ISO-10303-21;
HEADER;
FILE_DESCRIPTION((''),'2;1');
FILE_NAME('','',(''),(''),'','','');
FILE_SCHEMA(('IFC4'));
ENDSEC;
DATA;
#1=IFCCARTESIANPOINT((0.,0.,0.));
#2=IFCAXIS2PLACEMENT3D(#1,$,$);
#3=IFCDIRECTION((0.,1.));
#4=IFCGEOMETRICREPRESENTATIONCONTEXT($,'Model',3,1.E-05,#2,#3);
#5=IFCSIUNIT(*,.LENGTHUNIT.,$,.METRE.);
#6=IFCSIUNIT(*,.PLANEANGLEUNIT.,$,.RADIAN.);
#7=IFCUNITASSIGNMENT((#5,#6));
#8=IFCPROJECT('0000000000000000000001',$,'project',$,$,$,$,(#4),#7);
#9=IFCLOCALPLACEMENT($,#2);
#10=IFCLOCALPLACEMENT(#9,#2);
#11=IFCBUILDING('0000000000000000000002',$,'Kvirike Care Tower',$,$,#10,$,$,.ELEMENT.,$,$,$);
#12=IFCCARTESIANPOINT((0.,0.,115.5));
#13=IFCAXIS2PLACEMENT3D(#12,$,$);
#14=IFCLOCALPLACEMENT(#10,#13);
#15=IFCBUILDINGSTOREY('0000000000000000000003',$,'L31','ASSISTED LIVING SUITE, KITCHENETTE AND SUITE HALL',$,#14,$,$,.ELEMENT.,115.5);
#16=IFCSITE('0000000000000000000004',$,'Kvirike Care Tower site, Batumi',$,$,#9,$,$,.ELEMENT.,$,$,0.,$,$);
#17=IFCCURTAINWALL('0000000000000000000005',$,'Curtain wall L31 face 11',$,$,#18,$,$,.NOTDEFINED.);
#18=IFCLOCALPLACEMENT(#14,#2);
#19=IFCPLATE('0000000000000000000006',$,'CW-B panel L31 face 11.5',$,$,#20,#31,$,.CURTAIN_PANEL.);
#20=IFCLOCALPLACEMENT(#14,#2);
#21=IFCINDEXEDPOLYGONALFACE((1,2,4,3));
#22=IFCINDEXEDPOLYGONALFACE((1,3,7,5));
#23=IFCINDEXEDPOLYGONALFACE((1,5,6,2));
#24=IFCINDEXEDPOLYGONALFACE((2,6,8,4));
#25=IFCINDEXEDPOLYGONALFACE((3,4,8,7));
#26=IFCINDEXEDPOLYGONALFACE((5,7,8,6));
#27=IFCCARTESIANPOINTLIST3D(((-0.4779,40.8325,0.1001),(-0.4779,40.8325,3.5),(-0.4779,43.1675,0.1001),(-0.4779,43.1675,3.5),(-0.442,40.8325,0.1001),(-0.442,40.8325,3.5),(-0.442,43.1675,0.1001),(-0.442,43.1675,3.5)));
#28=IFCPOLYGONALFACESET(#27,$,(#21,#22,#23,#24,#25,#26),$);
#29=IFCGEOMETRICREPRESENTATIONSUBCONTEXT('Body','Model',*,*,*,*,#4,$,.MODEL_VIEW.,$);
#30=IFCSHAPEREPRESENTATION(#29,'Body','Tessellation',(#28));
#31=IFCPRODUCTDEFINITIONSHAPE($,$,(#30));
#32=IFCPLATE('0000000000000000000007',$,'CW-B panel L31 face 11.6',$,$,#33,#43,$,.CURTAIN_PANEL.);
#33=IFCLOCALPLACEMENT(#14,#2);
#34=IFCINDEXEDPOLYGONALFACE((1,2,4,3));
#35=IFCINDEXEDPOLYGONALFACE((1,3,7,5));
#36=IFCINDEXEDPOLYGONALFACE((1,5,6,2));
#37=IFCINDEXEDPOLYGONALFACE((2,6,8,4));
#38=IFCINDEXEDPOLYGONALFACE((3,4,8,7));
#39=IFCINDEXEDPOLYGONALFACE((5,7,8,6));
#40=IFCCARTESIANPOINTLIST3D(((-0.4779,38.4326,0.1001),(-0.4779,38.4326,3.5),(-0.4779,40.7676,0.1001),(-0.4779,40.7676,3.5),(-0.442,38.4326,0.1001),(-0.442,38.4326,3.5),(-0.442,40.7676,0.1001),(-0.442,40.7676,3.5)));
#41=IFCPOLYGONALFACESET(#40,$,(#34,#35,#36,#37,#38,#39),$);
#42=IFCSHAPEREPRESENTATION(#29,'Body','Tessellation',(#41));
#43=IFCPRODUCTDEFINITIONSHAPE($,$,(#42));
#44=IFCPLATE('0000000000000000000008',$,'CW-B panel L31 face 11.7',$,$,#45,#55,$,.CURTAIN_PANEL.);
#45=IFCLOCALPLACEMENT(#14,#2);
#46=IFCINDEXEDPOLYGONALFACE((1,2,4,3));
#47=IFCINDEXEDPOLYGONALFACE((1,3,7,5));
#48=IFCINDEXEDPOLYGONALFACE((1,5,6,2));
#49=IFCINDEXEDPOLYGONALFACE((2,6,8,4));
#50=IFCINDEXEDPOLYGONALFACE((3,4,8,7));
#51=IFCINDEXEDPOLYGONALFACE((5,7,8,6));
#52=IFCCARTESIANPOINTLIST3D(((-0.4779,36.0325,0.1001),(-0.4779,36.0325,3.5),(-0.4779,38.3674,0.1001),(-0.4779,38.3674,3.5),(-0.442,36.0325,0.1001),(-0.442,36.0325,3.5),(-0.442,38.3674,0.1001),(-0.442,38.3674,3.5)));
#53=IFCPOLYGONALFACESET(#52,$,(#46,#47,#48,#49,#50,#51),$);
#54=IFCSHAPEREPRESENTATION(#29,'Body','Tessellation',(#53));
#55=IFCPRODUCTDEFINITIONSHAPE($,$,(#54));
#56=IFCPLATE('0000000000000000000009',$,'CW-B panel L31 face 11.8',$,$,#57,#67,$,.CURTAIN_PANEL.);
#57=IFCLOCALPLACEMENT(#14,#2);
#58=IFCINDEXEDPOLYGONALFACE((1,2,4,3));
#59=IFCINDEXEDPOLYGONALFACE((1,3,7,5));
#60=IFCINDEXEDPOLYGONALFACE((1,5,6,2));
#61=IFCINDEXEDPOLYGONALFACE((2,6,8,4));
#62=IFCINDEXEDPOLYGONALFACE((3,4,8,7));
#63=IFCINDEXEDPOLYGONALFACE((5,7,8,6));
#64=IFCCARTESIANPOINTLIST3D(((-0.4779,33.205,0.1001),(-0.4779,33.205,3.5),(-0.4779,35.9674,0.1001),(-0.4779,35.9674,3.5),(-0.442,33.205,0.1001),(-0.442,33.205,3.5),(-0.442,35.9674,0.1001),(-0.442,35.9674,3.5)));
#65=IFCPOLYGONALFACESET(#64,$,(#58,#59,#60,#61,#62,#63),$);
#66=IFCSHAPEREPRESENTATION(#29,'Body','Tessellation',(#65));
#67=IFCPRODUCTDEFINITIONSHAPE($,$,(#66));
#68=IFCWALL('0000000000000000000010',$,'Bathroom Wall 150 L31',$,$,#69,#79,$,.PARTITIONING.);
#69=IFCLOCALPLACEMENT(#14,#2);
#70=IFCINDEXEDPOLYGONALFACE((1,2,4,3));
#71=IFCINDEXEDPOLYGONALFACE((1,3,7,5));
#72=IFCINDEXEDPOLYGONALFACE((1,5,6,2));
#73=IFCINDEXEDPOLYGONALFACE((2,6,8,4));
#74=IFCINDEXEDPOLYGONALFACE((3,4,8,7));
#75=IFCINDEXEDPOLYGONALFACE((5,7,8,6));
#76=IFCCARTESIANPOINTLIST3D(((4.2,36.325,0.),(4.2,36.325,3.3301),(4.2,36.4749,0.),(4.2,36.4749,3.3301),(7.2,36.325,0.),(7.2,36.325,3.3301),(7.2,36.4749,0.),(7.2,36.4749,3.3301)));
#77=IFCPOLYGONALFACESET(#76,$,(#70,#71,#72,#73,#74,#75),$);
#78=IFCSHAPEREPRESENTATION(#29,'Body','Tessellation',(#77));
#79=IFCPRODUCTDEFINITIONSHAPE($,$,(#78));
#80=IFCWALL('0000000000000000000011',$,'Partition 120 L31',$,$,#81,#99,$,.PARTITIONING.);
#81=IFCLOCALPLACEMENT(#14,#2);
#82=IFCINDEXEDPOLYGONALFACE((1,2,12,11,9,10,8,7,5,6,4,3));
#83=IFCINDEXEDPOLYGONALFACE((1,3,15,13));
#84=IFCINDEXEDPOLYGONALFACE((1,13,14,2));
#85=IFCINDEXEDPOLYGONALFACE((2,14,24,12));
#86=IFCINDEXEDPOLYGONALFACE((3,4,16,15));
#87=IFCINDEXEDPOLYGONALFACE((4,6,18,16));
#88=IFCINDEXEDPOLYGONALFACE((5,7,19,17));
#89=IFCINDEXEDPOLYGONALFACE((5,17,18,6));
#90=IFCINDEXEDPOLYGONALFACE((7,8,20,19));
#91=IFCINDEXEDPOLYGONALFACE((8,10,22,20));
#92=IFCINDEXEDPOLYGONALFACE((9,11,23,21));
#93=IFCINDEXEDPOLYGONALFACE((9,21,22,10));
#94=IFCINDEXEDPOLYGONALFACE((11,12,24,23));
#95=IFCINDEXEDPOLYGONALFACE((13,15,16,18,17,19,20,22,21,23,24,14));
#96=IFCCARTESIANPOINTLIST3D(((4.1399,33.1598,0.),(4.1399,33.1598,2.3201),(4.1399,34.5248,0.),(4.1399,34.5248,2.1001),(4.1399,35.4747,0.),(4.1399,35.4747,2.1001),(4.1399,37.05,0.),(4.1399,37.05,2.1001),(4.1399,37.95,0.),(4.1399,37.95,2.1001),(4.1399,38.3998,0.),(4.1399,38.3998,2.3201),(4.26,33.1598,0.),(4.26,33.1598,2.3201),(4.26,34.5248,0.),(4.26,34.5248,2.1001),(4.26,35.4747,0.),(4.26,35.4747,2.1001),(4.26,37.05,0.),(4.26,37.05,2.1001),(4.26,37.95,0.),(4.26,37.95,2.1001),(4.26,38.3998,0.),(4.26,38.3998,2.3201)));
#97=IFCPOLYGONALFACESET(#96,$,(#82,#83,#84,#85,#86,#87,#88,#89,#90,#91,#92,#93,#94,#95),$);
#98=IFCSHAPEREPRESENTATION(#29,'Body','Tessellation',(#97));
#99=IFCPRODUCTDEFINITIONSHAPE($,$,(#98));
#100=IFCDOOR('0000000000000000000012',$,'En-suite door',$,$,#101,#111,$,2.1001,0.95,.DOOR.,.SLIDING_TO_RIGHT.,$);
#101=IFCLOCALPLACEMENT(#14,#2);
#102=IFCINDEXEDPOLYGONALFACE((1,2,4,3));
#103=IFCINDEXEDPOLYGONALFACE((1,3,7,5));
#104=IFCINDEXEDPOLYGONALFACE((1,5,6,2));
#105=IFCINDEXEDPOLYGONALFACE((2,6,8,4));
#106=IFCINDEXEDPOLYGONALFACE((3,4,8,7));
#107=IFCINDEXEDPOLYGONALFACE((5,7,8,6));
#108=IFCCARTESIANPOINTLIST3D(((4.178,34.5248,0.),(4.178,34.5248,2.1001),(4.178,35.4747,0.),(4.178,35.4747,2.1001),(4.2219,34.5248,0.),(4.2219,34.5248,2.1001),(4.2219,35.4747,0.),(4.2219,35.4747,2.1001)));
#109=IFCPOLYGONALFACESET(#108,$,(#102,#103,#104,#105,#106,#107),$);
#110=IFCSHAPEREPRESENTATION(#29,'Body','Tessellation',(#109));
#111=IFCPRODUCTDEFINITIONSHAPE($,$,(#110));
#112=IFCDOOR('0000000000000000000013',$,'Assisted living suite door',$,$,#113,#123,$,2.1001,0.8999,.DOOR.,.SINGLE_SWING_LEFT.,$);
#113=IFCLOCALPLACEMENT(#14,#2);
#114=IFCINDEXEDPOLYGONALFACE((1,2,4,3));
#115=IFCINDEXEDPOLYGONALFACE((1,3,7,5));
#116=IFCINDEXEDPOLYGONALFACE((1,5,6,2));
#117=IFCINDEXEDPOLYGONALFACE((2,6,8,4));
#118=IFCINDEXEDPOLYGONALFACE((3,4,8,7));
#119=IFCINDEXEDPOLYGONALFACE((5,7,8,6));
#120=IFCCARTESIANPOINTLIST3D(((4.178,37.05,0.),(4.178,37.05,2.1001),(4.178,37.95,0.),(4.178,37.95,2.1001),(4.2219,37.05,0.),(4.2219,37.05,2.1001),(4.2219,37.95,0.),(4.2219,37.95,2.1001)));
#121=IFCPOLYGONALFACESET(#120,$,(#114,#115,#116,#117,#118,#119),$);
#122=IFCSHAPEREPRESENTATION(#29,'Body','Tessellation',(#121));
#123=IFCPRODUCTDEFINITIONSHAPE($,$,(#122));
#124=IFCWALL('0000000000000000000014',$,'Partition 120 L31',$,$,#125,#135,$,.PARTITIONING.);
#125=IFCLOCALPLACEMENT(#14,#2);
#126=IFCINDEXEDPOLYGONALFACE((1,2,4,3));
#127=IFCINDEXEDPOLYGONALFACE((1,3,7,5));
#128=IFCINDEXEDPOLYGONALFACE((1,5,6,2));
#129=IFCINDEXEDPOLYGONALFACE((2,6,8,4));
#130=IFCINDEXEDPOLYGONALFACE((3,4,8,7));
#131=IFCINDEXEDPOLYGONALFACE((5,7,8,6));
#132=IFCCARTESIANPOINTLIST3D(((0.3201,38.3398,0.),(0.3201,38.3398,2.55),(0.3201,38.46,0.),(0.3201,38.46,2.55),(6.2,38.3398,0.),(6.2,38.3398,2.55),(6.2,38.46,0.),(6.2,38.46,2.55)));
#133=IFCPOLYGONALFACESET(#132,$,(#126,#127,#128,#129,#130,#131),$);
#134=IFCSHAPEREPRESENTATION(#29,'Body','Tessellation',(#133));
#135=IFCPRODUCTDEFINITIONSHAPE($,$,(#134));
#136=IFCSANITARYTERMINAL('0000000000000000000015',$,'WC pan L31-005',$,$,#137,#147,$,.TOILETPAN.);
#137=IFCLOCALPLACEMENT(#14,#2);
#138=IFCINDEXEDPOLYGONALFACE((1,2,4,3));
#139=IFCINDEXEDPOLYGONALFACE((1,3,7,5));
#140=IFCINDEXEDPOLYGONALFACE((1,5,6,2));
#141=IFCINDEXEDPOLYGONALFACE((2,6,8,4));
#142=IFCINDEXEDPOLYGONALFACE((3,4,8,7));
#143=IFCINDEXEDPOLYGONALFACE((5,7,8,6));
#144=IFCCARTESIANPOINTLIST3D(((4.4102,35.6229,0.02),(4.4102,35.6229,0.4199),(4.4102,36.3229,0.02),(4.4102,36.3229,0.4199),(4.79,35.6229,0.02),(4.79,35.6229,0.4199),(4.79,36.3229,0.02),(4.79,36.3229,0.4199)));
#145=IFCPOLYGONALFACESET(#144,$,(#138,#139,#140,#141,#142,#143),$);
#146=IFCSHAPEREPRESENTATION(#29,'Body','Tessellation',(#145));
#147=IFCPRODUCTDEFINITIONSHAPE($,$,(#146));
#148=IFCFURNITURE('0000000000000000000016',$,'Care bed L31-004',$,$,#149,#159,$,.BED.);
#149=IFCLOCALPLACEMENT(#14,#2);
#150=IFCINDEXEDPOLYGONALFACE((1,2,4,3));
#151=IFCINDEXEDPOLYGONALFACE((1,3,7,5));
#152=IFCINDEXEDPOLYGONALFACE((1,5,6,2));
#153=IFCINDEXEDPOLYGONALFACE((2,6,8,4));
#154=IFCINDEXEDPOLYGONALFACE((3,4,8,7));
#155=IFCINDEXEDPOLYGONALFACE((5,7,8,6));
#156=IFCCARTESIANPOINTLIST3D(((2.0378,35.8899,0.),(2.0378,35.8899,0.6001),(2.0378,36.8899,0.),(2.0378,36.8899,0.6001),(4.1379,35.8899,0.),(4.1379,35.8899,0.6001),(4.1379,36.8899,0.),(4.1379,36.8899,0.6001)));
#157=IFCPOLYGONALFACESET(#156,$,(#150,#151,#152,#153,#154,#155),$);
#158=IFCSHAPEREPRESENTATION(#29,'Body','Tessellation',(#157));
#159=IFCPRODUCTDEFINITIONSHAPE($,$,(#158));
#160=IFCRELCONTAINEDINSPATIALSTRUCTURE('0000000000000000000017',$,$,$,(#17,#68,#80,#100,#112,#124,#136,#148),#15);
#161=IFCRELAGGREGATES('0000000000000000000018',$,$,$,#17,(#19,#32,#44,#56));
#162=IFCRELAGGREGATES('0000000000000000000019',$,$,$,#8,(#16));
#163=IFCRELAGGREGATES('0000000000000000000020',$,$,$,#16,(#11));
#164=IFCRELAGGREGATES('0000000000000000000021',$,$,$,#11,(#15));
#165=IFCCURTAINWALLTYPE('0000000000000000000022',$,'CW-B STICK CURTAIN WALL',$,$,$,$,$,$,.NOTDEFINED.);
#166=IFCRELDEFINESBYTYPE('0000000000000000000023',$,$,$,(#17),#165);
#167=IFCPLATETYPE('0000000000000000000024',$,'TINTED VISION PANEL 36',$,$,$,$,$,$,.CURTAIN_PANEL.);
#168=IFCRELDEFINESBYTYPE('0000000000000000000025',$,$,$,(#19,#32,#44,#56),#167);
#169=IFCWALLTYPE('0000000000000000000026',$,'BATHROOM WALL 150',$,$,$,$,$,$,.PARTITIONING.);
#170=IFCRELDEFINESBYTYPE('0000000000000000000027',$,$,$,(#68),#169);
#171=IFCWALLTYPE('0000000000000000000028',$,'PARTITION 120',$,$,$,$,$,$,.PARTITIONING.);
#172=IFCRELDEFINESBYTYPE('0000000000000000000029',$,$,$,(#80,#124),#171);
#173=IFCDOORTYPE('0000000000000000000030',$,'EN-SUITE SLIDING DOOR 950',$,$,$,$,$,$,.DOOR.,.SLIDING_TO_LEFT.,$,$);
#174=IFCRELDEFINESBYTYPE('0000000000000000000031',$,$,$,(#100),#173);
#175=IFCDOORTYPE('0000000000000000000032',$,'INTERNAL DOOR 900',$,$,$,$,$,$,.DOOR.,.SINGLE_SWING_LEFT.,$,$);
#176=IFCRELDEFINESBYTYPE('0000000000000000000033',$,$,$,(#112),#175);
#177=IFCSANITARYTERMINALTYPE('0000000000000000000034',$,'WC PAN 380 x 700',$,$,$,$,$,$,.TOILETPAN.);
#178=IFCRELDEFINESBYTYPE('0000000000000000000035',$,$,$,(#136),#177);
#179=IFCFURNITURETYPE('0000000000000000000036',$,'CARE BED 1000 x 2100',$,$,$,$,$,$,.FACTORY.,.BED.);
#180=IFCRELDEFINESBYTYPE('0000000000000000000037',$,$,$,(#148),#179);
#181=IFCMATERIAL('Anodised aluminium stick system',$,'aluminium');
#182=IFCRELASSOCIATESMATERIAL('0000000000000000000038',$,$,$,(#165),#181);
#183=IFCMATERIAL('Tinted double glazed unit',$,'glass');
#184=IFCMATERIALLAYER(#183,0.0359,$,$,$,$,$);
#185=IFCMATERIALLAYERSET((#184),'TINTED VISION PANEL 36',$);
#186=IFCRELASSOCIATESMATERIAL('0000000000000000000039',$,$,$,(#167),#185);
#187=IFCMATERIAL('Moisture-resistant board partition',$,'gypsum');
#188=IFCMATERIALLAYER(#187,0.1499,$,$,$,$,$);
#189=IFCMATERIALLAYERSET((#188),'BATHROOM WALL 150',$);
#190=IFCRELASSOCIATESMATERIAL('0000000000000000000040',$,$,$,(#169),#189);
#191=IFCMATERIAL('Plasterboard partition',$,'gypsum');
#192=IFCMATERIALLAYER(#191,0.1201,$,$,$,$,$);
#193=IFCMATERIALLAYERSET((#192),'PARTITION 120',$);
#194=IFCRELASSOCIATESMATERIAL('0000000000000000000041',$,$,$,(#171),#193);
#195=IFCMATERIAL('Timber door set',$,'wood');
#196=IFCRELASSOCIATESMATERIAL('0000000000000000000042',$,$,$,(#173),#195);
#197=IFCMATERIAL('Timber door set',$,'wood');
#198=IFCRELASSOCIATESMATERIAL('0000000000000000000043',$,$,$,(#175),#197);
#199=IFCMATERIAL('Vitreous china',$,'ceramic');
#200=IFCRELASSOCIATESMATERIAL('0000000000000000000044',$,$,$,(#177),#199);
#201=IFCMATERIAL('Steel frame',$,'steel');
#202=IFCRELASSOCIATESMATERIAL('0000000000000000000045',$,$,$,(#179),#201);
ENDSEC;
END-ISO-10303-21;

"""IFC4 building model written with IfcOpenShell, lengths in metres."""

from ifc_helpers import new_model, si_unit, direction, frame, frame_2d, origin, origin_2d, place, context, subcontext, project, spatial, rectangle, extrude, material, layer, layer_set, type_object, element, fill, aggregate, save


model = new_model("IFC4")

# Units and contexts
model_context = context("Model", 3, precision=1e-05, world=origin(), true_north=direction((0.0, 1.0)))
body_context = subcontext(model_context, "Body", "Model", "MODEL_VIEW")
ifc_project = project(units=[si_unit("LENGTHUNIT", "METRE"), si_unit("PLANEANGLEUNIT", "RADIAN")], contexts=[model_context])

# Site, building, storey
site_placement = place(None, origin())
site = spatial("IfcSite", under=ifc_project, at=site_placement, Name="Kvirike Care Tower site, Batumi", CompositionType="ELEMENT", RefElevation=0.0)
building_placement = place(site_placement, origin())
building = spatial("IfcBuilding", under=site, at=building_placement, Name="Kvirike Care Tower", CompositionType="ELEMENT")
storey_placement = place(building_placement, frame((0.0, 0.0, 115.5)))
storey = spatial("IfcBuildingStorey", under=building, at=storey_placement, Name="L31", Description="ASSISTED LIVING SUITE, KITCHENETTE AND SUITE HALL", CompositionType="ELEMENT", Elevation=115.5)

# Curtain wall
ifc_material_1 = material(Name="Anodised aluminium stick system", Category="aluminium")
curtain_wall_type = type_object("IfcCurtainWallType", Name="CW-B STICK CURTAIN WALL", PredefinedType="NOTDEFINED", material=ifc_material_1)
curtain_wall_placement = place(storey_placement, origin())
curtain_wall = element("IfcCurtainWall", 1, at=curtain_wall_placement, inside=storey, type_object=curtain_wall_type, Name="Curtain wall L31 face 11", PredefinedType="NOTDEFINED")

# Plates
ifc_material_2 = material(Name="Tinted double glazed unit", Category="glass")
ifc_layer_1 = layer(ifc_material_2, 0.0359)
ifc_layer_set_1 = layer_set([ifc_layer_1], Name="TINTED VISION PANEL 36")
plate_type = type_object("IfcPlateType", Name="TINTED VISION PANEL 36", PredefinedType="CURTAIN_PANEL", material=ifc_layer_set_1)
plate_1_placement = place(storey_placement, frame((-0.46, 42.0, 0.1001), z_axis=(0.0, 0.0, 1.0), x_axis=(0.0, -1.0, 0.0)))
plate_1 = element("IfcPlate", 2, at=plate_1_placement, type_object=plate_type, Name="CW-B panel L31 face 11.5", PredefinedType="CURTAIN_PANEL", context=body_context, shape_type="SweptSolid", body=[
    extrude(rectangle(XDim=2.335, YDim=0.0359, at=origin_2d()), origin(), (0.0, 0.0, 1.0), 3.3999),
])
plate_2_placement = place(storey_placement, frame((-0.46, 39.6001, 0.1001), z_axis=(0.0, 0.0, 1.0), x_axis=(0.0, -1.0, 0.0)))
plate_2 = element("IfcPlate", 3, at=plate_2_placement, type_object=plate_type, Name="CW-B panel L31 face 11.6", PredefinedType="CURTAIN_PANEL", context=body_context, shape_type="SweptSolid", body=[
    extrude(rectangle(XDim=2.335, YDim=0.0359, at=origin_2d()), origin(), (0.0, 0.0, 1.0), 3.3999),
])
plate_3_placement = place(storey_placement, frame((-0.46, 37.2, 0.1001), z_axis=(0.0, 0.0, 1.0), x_axis=(0.0, -1.0, 0.0)))
plate_3 = element("IfcPlate", 4, at=plate_3_placement, type_object=plate_type, Name="CW-B panel L31 face 11.7", PredefinedType="CURTAIN_PANEL", context=body_context, shape_type="SweptSolid", body=[
    extrude(rectangle(XDim=2.335, YDim=0.0359, at=origin_2d()), origin(), (0.0, 0.0, 1.0), 3.3999),
])
plate_4_placement = place(storey_placement, frame((-0.46, 34.5862, 0.1001), z_axis=(0.0, 0.0, 1.0), x_axis=(0.0, -1.0, 0.0)))
plate_4 = element("IfcPlate", 5, at=plate_4_placement, type_object=plate_type, Name="CW-B panel L31 face 11.8", PredefinedType="CURTAIN_PANEL", context=body_context, shape_type="SweptSolid", body=[
    extrude(rectangle(XDim=2.7625, YDim=0.0359, at=origin_2d()), origin(), (0.0, 0.0, 1.0), 3.3999),
])
aggregate(curtain_wall, [plate_1, plate_2, plate_3, plate_4])

# Wall
ifc_material_3 = material(Name="Moisture-resistant board partition", Category="gypsum")
ifc_layer_2 = layer(ifc_material_3, 0.1499)
ifc_layer_set_2 = layer_set([ifc_layer_2], Name="BATHROOM WALL 150")
wall_type_1 = type_object("IfcWallType", Name="BATHROOM WALL 150", PredefinedType="PARTITIONING", material=ifc_layer_set_2)
wall_1_placement = place(storey_placement, frame((4.2, 36.3999, 0.0), z_axis=(0.0, 0.0, 1.0), x_axis=(1.0, 0.0, 0.0)))
element("IfcWall", 6, at=wall_1_placement, inside=storey, type_object=wall_type_1, Name="Bathroom Wall 150 L31", PredefinedType="PARTITIONING", context=body_context, shape_type="SweptSolid", body=[
    extrude(rectangle(XDim=3.0, YDim=0.1499, at=frame_2d((1.5, 0.0))), origin(), (0.0, 0.0, 1.0), 3.3301),
])

# Wall, openings, doors
ifc_material_4 = material(Name="Plasterboard partition", Category="gypsum")
ifc_layer_3 = layer(ifc_material_4, 0.1201)
ifc_layer_set_3 = layer_set([ifc_layer_3], Name="PARTITION 120")
wall_type_2 = type_object("IfcWallType", Name="PARTITION 120", PredefinedType="PARTITIONING", material=ifc_layer_set_3)
wall_2_placement = place(storey_placement, frame((4.2, 38.3999, 0.0), z_axis=(0.0, 0.0, 1.0), x_axis=(0.0, -1.0, 0.0)))
wall_2 = element("IfcWall", 7, at=wall_2_placement, inside=storey, type_object=wall_type_2, Name="Partition 120 L31", PredefinedType="PARTITIONING", context=body_context, shape_type="SweptSolid", body=[
    extrude(rectangle(XDim=5.24, YDim=0.1201, at=frame_2d((2.6201, 0.0))), origin(), (0.0, 0.0, 1.0), 2.3201),
])
opening_1_placement = place(wall_2_placement, frame((0.45, 0.0, 0.0)))
opening_1 = element("IfcOpeningElement", 8, at=opening_1_placement, cuts=wall_2, PredefinedType="OPENING", context=body_context, shape_type="SweptSolid", body=[
    extrude(rectangle(XDim=0.8999, YDim=2.1001, at=frame_2d((0.45, 1.05))), frame((0.0, 0.0706, 0.0), z_axis=(0.0, -1.0, 0.0), x_axis=(1.0, 0.0, 0.0)), (0.0, 0.0, 1.0), 0.1411),
])
opening_2_placement = place(wall_2_placement, frame((2.925, 0.0, 0.0)))
opening_2 = element("IfcOpeningElement", 9, at=opening_2_placement, cuts=wall_2, PredefinedType="OPENING", context=body_context, shape_type="SweptSolid", body=[
    extrude(rectangle(XDim=0.95, YDim=2.1001, at=frame_2d((0.4751, 1.05))), frame((0.0, 0.0706, 0.0), z_axis=(0.0, -1.0, 0.0), x_axis=(1.0, 0.0, 0.0)), (0.0, 0.0, 1.0), 0.1411),
])
ifc_material_5 = material(Name="Timber door set", Category="wood")
door_type_1 = type_object("IfcDoorType", Name="EN-SUITE SLIDING DOOR 950", OperationType="SLIDING_TO_LEFT", PredefinedType="DOOR", material=ifc_material_5)
door_1_placement = place(opening_2_placement, origin())
door_1 = element("IfcDoor", 10, at=door_1_placement, inside=storey, type_object=door_type_1, Name="En-suite door", OperationType="SLIDING_TO_RIGHT", OverallHeight=2.1001, OverallWidth=0.95, PredefinedType="DOOR", context=body_context, shape_type="SweptSolid", body=[
    extrude(rectangle(XDim=0.95, YDim=2.1001, at=frame_2d((0.4751, 1.05))), frame((0.0, 0.022, 0.0), z_axis=(0.0, -1.0, 0.0), x_axis=(1.0, 0.0, 0.0)), (0.0, 0.0, 1.0), 0.0439),
])
fill(opening_2, door_1)
ifc_material_6 = material(Name="Timber door set", Category="wood")
door_type_2 = type_object("IfcDoorType", Name="INTERNAL DOOR 900", OperationType="SINGLE_SWING_LEFT", PredefinedType="DOOR", material=ifc_material_6)
door_2_placement = place(opening_1_placement, frame((0.8999, 0.0, 0.0), z_axis=(0.0, 0.0, 1.0), x_axis=(-1.0, 0.0, 0.0)))
door_2 = element("IfcDoor", 11, at=door_2_placement, inside=storey, type_object=door_type_2, Name="Assisted living suite door", OperationType="SINGLE_SWING_LEFT", OverallHeight=2.1001, OverallWidth=0.8999, PredefinedType="DOOR", context=body_context, shape_type="SweptSolid", body=[
    extrude(rectangle(XDim=0.8999, YDim=2.1001, at=frame_2d((0.45, 1.05))), frame((0.0, 0.022, 0.0), z_axis=(0.0, -1.0, 0.0), x_axis=(1.0, 0.0, 0.0)), (0.0, 0.0, 1.0), 0.0439),
])
fill(opening_1, door_2)

# Wall
wall_3_placement = place(storey_placement, frame((0.3201, 38.3999, 0.0), z_axis=(0.0, 0.0, 1.0), x_axis=(1.0, 0.0, 0.0)))
element("IfcWall", 12, at=wall_3_placement, inside=storey, type_object=wall_type_2, Name="Partition 120 L31", PredefinedType="PARTITIONING", context=body_context, shape_type="SweptSolid", body=[
    extrude(rectangle(XDim=5.8799, YDim=0.1201, at=frame_2d((2.9399, 0.0))), origin(), (0.0, 0.0, 1.0), 2.55),
])

# Sanitary terminal
ifc_material_7 = material(Name="Vitreous china", Category="ceramic")
sanitary_terminal_type = type_object("IfcSanitaryTerminalType", Name="WC PAN 380 x 700", PredefinedType="TOILETPAN", material=ifc_material_7)
sanitary_terminal_placement = place(storey_placement, frame((4.6001, 35.9729, 0.02), z_axis=(0.0, 0.0, 1.0), x_axis=(1.0, 0.0, 0.0)))
element("IfcSanitaryTerminal", 13, at=sanitary_terminal_placement, inside=storey, type_object=sanitary_terminal_type, Name="WC pan L31-005", PredefinedType="TOILETPAN", context=body_context, shape_type="SweptSolid", body=[
    extrude(rectangle(XDim=0.3799, YDim=0.7, at=origin_2d()), origin(), (0.0, 0.0, 1.0), 0.3999),
])

# Furniture
ifc_material_8 = material(Name="Steel frame", Category="steel")
furniture_type = type_object("IfcFurnitureType", Name="CARE BED 1000 x 2100", AssemblyPlace="FACTORY", PredefinedType="BED", material=ifc_material_8)
furniture_placement = place(storey_placement, frame((3.0879, 36.3899, 0.0), z_axis=(0.0, 0.0, 1.0), x_axis=(0.0, -1.0, 0.0)))
element("IfcFurniture", 14, at=furniture_placement, inside=storey, type_object=furniture_type, Name="Care bed L31-004", PredefinedType="BED", context=body_context, shape_type="SweptSolid", body=[
    extrude(rectangle(XDim=1.0, YDim=2.1001, at=origin_2d()), origin(), (0.0, 0.0, 1.0), 0.6001),
])

save(model, "model.ifc")
